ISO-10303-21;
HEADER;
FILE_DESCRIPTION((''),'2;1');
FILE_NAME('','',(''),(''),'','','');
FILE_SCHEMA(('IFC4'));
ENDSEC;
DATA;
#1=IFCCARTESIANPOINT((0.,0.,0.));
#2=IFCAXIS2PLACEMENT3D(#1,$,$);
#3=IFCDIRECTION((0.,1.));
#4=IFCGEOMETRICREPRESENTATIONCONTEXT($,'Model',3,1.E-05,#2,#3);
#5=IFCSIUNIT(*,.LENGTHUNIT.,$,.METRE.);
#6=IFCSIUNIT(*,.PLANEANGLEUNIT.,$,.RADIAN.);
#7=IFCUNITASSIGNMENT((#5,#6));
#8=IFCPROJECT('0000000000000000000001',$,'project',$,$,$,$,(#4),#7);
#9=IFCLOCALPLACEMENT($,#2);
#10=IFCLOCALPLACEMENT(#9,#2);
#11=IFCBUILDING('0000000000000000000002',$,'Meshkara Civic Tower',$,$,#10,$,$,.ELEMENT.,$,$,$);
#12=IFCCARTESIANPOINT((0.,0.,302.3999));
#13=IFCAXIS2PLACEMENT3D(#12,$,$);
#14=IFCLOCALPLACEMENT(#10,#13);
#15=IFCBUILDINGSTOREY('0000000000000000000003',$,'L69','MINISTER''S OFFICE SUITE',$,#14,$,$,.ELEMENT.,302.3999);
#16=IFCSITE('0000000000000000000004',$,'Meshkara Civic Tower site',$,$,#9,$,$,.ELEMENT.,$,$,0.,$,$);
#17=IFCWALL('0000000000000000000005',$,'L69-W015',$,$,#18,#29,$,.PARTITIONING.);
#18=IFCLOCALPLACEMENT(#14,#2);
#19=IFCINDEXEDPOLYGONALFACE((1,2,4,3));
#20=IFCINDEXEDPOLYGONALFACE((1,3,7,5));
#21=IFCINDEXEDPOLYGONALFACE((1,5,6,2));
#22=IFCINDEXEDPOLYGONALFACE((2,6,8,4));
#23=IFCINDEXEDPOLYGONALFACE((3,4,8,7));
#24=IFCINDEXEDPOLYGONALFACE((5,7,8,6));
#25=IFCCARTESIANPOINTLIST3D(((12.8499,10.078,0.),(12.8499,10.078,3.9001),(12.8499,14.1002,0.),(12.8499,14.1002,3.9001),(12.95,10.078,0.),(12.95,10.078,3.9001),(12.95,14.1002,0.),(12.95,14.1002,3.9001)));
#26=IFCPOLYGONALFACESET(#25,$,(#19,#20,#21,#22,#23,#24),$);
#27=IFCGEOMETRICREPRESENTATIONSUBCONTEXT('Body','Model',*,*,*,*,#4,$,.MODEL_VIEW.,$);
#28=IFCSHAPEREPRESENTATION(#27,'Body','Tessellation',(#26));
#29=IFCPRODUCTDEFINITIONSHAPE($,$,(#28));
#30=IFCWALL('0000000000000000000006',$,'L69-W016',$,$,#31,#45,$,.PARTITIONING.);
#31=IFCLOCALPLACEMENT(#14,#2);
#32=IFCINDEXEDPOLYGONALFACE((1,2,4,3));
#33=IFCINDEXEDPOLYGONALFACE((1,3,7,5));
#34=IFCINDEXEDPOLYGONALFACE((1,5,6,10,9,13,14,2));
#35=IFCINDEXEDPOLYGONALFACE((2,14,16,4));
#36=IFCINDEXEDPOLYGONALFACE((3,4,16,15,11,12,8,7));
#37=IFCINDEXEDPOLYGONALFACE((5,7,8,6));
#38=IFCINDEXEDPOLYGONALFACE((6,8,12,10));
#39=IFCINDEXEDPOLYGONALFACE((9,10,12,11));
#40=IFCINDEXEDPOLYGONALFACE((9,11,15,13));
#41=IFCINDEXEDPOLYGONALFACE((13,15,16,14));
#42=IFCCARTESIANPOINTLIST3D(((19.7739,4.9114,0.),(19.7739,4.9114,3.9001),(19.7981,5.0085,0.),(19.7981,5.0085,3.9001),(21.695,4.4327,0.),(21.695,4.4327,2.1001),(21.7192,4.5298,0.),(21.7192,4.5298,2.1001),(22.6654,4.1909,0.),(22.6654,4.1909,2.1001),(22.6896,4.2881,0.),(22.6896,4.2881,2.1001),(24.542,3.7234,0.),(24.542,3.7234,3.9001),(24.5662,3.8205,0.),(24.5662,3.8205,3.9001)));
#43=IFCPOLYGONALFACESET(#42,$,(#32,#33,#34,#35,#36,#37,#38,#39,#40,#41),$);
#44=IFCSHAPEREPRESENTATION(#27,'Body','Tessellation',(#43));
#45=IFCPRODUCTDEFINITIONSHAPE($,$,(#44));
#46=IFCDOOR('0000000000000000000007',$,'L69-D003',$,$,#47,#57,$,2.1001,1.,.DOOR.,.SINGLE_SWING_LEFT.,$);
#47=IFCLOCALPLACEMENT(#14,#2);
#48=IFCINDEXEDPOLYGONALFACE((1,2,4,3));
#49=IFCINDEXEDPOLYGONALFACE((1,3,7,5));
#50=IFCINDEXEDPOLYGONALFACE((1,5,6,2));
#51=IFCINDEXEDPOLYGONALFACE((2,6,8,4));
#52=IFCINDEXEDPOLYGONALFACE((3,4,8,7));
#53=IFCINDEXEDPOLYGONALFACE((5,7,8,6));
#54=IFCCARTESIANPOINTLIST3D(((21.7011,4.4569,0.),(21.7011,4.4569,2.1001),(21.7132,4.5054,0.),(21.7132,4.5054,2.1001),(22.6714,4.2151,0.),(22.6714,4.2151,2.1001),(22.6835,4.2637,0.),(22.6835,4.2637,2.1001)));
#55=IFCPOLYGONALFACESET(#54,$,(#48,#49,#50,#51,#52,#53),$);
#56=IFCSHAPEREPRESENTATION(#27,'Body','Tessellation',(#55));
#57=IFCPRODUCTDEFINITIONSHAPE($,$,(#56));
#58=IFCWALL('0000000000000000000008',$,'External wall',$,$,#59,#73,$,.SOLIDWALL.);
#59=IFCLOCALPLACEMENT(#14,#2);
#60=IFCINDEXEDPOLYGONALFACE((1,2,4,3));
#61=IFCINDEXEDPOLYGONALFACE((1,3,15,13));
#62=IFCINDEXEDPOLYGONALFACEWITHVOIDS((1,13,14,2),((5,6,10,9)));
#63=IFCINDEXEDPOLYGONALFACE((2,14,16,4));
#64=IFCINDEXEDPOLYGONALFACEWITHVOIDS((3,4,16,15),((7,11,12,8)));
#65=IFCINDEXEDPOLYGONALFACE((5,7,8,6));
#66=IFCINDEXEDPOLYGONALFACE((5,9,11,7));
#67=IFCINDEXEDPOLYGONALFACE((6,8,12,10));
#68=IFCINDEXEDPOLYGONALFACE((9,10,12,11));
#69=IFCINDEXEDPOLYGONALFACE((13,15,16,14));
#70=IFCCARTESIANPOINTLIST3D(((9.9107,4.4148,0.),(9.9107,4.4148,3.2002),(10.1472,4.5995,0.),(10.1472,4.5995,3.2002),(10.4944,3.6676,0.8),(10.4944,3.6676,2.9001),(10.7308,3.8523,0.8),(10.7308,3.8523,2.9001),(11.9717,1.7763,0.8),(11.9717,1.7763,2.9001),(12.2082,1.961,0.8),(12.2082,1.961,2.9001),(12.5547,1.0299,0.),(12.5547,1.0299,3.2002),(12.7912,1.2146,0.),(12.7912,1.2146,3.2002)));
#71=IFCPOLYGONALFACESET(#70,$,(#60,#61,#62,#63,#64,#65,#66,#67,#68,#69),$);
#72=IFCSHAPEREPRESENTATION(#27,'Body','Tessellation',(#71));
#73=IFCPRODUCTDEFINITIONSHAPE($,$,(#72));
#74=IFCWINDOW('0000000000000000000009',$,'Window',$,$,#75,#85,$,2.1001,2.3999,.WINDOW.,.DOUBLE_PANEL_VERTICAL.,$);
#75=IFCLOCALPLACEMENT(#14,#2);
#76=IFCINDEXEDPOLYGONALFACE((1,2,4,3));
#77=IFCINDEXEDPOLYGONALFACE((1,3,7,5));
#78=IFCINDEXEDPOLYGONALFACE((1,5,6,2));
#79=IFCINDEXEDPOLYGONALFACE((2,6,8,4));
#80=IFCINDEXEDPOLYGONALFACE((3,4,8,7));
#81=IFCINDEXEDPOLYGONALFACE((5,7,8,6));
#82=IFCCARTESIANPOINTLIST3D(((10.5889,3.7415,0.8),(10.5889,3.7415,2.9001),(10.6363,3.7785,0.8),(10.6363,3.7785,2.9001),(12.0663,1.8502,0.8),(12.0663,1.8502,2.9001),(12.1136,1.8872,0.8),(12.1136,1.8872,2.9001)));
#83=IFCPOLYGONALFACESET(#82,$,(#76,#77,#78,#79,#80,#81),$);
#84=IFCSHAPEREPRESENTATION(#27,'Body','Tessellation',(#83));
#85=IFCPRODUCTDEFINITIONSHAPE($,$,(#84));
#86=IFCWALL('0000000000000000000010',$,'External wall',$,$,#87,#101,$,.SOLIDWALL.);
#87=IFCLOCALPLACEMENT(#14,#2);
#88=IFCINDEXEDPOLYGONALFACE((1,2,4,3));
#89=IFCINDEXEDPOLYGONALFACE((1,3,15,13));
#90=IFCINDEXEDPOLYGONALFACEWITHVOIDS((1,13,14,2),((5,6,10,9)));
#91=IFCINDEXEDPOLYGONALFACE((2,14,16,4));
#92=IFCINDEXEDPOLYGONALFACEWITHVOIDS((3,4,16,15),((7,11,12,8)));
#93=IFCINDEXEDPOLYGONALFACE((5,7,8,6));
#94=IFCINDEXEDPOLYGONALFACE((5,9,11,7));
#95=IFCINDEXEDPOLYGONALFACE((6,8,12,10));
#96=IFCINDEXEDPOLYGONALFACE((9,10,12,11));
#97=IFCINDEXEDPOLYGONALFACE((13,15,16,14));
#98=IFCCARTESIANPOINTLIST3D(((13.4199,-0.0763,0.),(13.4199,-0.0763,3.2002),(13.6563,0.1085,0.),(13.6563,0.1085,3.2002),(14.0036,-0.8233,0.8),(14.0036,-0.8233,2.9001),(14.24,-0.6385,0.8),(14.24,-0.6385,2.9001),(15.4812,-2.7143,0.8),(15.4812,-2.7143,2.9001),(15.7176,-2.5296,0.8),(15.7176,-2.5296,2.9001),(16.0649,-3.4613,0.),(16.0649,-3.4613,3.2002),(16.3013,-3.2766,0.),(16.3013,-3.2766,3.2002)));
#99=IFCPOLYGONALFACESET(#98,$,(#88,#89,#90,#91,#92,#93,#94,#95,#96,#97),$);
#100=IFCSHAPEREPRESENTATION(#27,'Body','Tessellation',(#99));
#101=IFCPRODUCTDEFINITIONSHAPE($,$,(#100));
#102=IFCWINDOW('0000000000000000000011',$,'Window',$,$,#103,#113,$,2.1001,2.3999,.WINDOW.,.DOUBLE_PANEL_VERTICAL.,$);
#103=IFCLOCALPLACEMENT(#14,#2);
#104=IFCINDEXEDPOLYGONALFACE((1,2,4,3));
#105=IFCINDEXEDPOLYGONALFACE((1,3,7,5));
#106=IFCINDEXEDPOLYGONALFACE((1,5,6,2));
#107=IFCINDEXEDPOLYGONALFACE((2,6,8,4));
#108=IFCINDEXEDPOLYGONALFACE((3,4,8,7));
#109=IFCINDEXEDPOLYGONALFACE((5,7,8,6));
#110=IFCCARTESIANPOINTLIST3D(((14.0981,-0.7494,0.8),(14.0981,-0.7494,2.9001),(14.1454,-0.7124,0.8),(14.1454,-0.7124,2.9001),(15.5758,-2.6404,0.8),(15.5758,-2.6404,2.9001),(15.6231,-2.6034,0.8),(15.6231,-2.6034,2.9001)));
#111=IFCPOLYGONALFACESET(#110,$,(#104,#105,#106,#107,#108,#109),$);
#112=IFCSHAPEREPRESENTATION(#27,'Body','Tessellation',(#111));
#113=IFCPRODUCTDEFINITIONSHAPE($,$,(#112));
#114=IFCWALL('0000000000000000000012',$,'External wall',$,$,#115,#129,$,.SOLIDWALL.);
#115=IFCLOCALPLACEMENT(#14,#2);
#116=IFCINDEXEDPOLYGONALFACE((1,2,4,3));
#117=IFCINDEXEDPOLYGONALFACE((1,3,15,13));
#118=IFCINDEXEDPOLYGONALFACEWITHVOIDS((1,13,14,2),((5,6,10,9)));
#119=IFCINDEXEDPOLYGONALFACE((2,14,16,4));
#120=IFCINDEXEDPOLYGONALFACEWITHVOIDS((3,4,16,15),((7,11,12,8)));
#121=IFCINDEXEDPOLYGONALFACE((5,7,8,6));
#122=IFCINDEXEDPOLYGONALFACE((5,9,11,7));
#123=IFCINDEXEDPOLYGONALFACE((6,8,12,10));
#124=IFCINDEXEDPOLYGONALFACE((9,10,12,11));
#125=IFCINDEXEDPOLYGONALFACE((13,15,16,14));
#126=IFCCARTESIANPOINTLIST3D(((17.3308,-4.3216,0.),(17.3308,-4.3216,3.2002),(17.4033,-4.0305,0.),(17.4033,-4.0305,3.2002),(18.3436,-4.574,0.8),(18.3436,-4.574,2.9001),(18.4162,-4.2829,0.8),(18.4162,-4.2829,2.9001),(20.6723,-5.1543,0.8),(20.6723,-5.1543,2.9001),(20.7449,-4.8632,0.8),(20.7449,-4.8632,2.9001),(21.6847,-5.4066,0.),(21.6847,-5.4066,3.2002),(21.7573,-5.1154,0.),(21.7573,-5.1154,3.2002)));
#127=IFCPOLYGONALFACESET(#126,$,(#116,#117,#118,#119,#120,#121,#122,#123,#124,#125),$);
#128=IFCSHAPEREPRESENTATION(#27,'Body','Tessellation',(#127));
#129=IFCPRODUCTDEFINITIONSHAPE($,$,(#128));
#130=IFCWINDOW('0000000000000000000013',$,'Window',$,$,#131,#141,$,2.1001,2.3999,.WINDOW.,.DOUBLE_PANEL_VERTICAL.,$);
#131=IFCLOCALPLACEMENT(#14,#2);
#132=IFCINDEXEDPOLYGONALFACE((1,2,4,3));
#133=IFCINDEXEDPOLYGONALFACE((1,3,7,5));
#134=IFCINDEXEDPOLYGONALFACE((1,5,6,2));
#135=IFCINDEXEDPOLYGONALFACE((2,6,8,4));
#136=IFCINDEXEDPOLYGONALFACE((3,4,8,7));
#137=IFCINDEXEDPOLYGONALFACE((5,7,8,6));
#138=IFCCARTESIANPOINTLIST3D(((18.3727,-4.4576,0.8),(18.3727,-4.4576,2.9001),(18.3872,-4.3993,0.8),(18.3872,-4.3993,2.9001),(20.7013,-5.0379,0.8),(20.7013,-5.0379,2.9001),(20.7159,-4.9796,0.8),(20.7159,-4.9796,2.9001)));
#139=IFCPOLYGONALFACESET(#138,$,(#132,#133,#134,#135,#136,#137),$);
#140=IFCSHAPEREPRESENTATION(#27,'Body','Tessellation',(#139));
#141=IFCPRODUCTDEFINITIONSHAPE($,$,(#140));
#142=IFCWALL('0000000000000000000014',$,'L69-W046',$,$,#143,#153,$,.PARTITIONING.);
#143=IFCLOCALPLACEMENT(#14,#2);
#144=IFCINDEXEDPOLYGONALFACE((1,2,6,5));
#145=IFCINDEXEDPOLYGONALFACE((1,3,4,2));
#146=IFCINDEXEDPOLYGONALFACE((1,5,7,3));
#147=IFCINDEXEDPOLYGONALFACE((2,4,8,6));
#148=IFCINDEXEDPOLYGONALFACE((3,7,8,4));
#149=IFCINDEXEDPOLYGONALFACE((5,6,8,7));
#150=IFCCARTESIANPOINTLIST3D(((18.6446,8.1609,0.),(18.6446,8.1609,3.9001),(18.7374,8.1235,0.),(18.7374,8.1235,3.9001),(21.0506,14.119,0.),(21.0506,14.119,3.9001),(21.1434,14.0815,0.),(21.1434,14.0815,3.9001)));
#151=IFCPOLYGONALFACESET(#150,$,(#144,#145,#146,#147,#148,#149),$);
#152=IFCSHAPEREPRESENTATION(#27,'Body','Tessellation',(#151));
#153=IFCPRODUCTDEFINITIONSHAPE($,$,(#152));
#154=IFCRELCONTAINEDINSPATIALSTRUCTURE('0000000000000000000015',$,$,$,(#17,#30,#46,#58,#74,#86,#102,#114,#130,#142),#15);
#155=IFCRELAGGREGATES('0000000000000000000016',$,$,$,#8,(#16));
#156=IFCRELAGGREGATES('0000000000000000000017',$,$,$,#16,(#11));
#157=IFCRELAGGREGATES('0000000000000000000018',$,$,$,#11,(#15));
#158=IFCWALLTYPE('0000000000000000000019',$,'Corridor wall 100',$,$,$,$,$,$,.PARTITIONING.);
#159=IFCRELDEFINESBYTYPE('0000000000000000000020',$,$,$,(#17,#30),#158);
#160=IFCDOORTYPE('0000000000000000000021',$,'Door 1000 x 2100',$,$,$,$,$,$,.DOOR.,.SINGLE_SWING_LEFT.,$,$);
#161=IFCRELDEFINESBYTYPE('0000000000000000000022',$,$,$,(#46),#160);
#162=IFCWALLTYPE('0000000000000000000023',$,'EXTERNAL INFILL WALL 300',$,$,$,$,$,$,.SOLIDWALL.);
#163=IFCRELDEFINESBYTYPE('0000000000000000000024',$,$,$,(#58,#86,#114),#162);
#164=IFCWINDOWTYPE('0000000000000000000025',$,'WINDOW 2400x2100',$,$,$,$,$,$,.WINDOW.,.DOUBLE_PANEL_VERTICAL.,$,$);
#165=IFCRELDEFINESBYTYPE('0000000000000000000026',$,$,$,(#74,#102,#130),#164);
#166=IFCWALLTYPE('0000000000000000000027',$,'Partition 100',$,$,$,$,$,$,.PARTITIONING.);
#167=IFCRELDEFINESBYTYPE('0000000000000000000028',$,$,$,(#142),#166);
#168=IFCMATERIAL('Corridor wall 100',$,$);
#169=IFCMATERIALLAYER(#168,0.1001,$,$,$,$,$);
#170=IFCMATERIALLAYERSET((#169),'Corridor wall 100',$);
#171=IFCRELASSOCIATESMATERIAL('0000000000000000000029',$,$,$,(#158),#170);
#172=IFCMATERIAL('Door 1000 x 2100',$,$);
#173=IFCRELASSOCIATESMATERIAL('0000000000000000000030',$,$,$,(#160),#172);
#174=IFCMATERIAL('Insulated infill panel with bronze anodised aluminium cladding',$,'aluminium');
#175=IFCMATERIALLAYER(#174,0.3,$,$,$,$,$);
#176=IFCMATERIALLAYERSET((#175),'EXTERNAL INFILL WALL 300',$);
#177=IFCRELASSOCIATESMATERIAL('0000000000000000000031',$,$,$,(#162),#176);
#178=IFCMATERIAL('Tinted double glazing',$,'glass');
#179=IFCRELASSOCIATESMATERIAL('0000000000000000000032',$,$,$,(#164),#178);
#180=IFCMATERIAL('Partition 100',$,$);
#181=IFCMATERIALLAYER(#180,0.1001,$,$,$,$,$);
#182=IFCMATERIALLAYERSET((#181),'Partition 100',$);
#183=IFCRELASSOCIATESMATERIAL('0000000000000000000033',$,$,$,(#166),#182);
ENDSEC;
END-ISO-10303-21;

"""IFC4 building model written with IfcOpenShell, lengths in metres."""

from ifc_helpers import new_model, si_unit, direction, frame, frame_2d, origin, place, context, subcontext, project, spatial, rectangle, extrude, material, layer, layer_set, type_object, element, fill, save


model = new_model("IFC4")

# Units and contexts
model_context = context("Model", 3, precision=1e-05, world=origin(), true_north=direction((0.0, 1.0)))
body_context = subcontext(model_context, "Body", "Model", "MODEL_VIEW")
ifc_project = project(units=[si_unit("LENGTHUNIT", "METRE"), si_unit("PLANEANGLEUNIT", "RADIAN")], contexts=[model_context])

# Site, building, storey
site_placement = place(None, origin())
site = spatial("IfcSite", under=ifc_project, at=site_placement, Name="Meshkara Civic Tower site", CompositionType="ELEMENT", RefElevation=0.0)
building_placement = place(site_placement, origin())
building = spatial("IfcBuilding", under=site, at=building_placement, Name="Meshkara Civic Tower", CompositionType="ELEMENT")
storey_placement = place(building_placement, frame((0.0, 0.0, 302.3999)))
storey = spatial("IfcBuildingStorey", under=building, at=storey_placement, Name="L69", Description="MINISTER'S OFFICE SUITE", CompositionType="ELEMENT", Elevation=302.3999)

# Shared definitions
ifc_material_1 = material(Name="Corridor wall 100")
ifc_layer_1 = layer(ifc_material_1, 0.1001)
ifc_layer_set_1 = layer_set([ifc_layer_1], Name="Corridor wall 100")
wall_type_1 = type_object("IfcWallType", Name="Corridor wall 100", PredefinedType="PARTITIONING", material=ifc_layer_set_1)
ifc_material_2 = material(Name="Door 1000 x 2100")
door_type = type_object("IfcDoorType", Name="Door 1000 x 2100", OperationType="SINGLE_SWING_LEFT", PredefinedType="DOOR", material=ifc_material_2)

# Wall
wall_1_placement = place(storey_placement, frame((12.8999, 10.0779, 0.0), z_axis=(0.0, 0.0, 1.0), x_axis=(0.0, 1.0, 0.0)))
element("IfcWall", 1, at=wall_1_placement, inside=storey, type_object=wall_type_1, Name="L69-W015", PredefinedType="PARTITIONING", context=body_context, shape_type="SweptSolid", body=[
    extrude(rectangle(XDim=4.0222, YDim=0.1001, at=frame_2d((2.0112, 0.0))), origin(), (0.0, 0.0, 1.0), 3.9001),
])

# Wall, opening, door
wall_2_placement = place(storey_placement, frame((19.7859, 4.96, 0.0), z_axis=(0.0, 0.0, 1.0), x_axis=(0.970335, -0.241764, 0.0)))
wall_2 = element("IfcWall", 2, at=wall_2_placement, inside=storey, type_object=wall_type_1, Name="L69-W016", PredefinedType="PARTITIONING", context=body_context, shape_type="SweptSolid", body=[
    extrude(rectangle(XDim=4.9138, YDim=0.1001, at=frame_2d((2.457, 0.0))), origin(), (0.0, 0.0, 1.0), 3.9001),
])
opening_1_placement = place(wall_2_placement, frame((1.98, 0.0, 0.0)))
opening_1 = element("IfcOpeningElement", 3, at=opening_1_placement, cuts=wall_2, PredefinedType="OPENING", context=body_context, shape_type="SweptSolid", body=[
    extrude(rectangle(XDim=1.0, YDim=2.1001, at=frame_2d((0.5, 1.05))), frame((0.0, 0.0601, 0.0), z_axis=(0.0, -1.0, 0.0), x_axis=(1.0, 0.0, 0.0)), (0.0, 0.0, 1.0), 0.1201),
])
door_1_placement = place(opening_1_placement, origin())
door_1 = element("IfcDoor", 4, at=door_1_placement, inside=storey, type_object=door_type, Name="L69-D003", OperationType="SINGLE_SWING_LEFT", OverallHeight=2.1001, OverallWidth=1.0, PredefinedType="DOOR", context=body_context, shape_type="SweptSolid", body=[
    extrude(rectangle(XDim=1.0, YDim=2.1001, at=frame_2d((0.5, 1.05))), frame((0.0, 0.0249, 0.0), z_axis=(0.0, -1.0, 0.0), x_axis=(1.0, 0.0, 0.0)), (0.0, 0.0, 1.0), 0.05),
])
fill(opening_1, door_1)

# Walls, openings, windows
ifc_material_3 = material(Name="Insulated infill panel with bronze anodised aluminium cladding", Category="aluminium")
ifc_layer_2 = layer(ifc_material_3, 0.3)
ifc_layer_set_2 = layer_set([ifc_layer_2], Name="EXTERNAL INFILL WALL 300")
wall_type_2 = type_object("IfcWallType", Name="EXTERNAL INFILL WALL 300", PredefinedType="SOLIDWALL", material=ifc_layer_set_2)
wall_3_placement = place(storey_placement, frame((10.0291, 4.5071, 0.0), z_axis=(0.0, 0.0, 1.0), x_axis=(0.615572, -0.78808, 0.0)))
wall_3 = element("IfcWall", 5, at=wall_3_placement, inside=storey, type_object=wall_type_2, Name="External wall", PredefinedType="SOLIDWALL", context=body_context, shape_type="SweptSolid", body=[
    extrude(rectangle(XDim=4.2952, YDim=0.3, at=frame_2d((2.1475, 0.0))), origin(), (0.0, 0.0, 1.0), 3.2002),
])
opening_2_placement = place(wall_3_placement, frame((0.948, 0.0, 0.8)))
opening_2 = element("IfcOpeningElement", 6, at=opening_2_placement, cuts=wall_3, PredefinedType="OPENING", context=body_context, shape_type="SweptSolid", body=[
    extrude(rectangle(XDim=2.3999, YDim=2.1001, at=frame_2d((1.2, 1.05))), frame((0.0, 0.1599, 0.0), z_axis=(0.0, -1.0, 0.0), x_axis=(1.0, 0.0, 0.0)), (0.0, 0.0, 1.0), 0.3201),
])
ifc_material_4 = material(Name="Tinted double glazing", Category="glass")
window_type = type_object("IfcWindowType", Name="WINDOW 2400x2100", PartitioningType="DOUBLE_PANEL_VERTICAL", PredefinedType="WINDOW", material=ifc_material_4)
window_1_placement = place(opening_2_placement, origin())
window_1 = element("IfcWindow", 7, at=window_1_placement, inside=storey, type_object=window_type, Name="Window", OverallHeight=2.1001, OverallWidth=2.3999, PartitioningType="DOUBLE_PANEL_VERTICAL", PredefinedType="WINDOW", context=body_context, shape_type="SweptSolid", body=[
    extrude(rectangle(XDim=2.3999, YDim=2.1001, at=frame_2d((1.2, 1.05))), frame((0.0, 0.03, 0.0), z_axis=(0.0, -1.0, 0.0), x_axis=(1.0, 0.0, 0.0)), (0.0, 0.0, 1.0), 0.0601),
])
fill(opening_2, window_1)
wall_4_placement = place(storey_placement, frame((13.5381, 0.0161, 0.0), z_axis=(0.0, 0.0, 1.0), x_axis=(0.615714, -0.78797, 0.0)))
wall_4 = element("IfcWall", 8, at=wall_4_placement, inside=storey, type_object=wall_type_2, Name="External wall", PredefinedType="SOLIDWALL", context=body_context, shape_type="SweptSolid", body=[
    extrude(rectangle(XDim=4.2959, YDim=0.3, at=frame_2d((2.1479, 0.0))), origin(), (0.0, 0.0, 1.0), 3.2002),
])
opening_3_placement = place(wall_4_placement, frame((0.948, 0.0, 0.8)))
opening_3 = element("IfcOpeningElement", 9, at=opening_3_placement, cuts=wall_4, PredefinedType="OPENING", context=body_context, shape_type="SweptSolid", body=[
    extrude(rectangle(XDim=2.3999, YDim=2.1001, at=frame_2d((1.2, 1.05))), frame((0.0, 0.1599, 0.0), z_axis=(0.0, -1.0, 0.0), x_axis=(1.0, 0.0, 0.0)), (0.0, 0.0, 1.0), 0.3201),
])
window_2_placement = place(opening_3_placement, origin())
window_2 = element("IfcWindow", 10, at=window_2_placement, inside=storey, type_object=window_type, Name="Window", OverallHeight=2.1001, OverallWidth=2.3999, PartitioningType="DOUBLE_PANEL_VERTICAL", PredefinedType="WINDOW", context=body_context, shape_type="SweptSolid", body=[
    extrude(rectangle(XDim=2.3999, YDim=2.1001, at=frame_2d((1.2, 1.05))), frame((0.0, 0.03, 0.0), z_axis=(0.0, -1.0, 0.0), x_axis=(1.0, 0.0, 0.0)), (0.0, 0.0, 1.0), 0.0601),
])
fill(opening_3, window_2)
wall_5_placement = place(storey_placement, frame((17.3669, -4.176, 0.0), z_axis=(0.0, 0.0, 1.0), x_axis=(0.970328, -0.241793, 0.0)))
wall_5 = element("IfcWall", 11, at=wall_5_placement, inside=storey, type_object=wall_type_2, Name="External wall", PredefinedType="SOLIDWALL", context=body_context, shape_type="SweptSolid", body=[
    extrude(rectangle(XDim=4.4871, YDim=0.3, at=frame_2d((2.2437, 0.0))), origin(), (0.0, 0.0, 1.0), 3.2002),
])
opening_4_placement = place(wall_5_placement, frame((1.0439, 0.0, 0.8)))
opening_4 = element("IfcOpeningElement", 12, at=opening_4_placement, cuts=wall_5, PredefinedType="OPENING", context=body_context, shape_type="SweptSolid", body=[
    extrude(rectangle(XDim=2.3999, YDim=2.1001, at=frame_2d((1.2, 1.05))), frame((0.0, 0.1599, 0.0), z_axis=(0.0, -1.0, 0.0), x_axis=(1.0, 0.0, 0.0)), (0.0, 0.0, 1.0), 0.3201),
])
window_3_placement = place(opening_4_placement, origin())
window_3 = element("IfcWindow", 13, at=window_3_placement, inside=storey, type_object=window_type, Name="Window", OverallHeight=2.1001, OverallWidth=2.3999, PartitioningType="DOUBLE_PANEL_VERTICAL", PredefinedType="WINDOW", context=body_context, shape_type="SweptSolid", body=[
    extrude(rectangle(XDim=2.3999, YDim=2.1001, at=frame_2d((1.2, 1.05))), frame((0.0, 0.03, 0.0), z_axis=(0.0, -1.0, 0.0), x_axis=(1.0, 0.0, 0.0)), (0.0, 0.0, 1.0), 0.0601),
])
fill(opening_4, window_3)

# Wall
ifc_material_5 = material(Name="Partition 100")
ifc_layer_3 = layer(ifc_material_5, 0.1001)
ifc_layer_set_3 = layer_set([ifc_layer_3], Name="Partition 100")
wall_type_3 = type_object("IfcWallType", Name="Partition 100", PredefinedType="PARTITIONING", material=ifc_layer_set_3)
wall_6_placement = place(storey_placement, frame((18.6909, 8.1421, 0.0), z_axis=(0.0, 0.0, 1.0), x_axis=(0.374448, 0.927248, 0.0)))
element("IfcWall", 14, at=wall_6_placement, inside=storey, type_object=wall_type_3, Name="L69-W046", PredefinedType="PARTITIONING", context=body_context, shape_type="SweptSolid", body=[
    extrude(rectangle(XDim=6.4255, YDim=0.1001, at=frame_2d((3.2129, 0.0))), origin(), (0.0, 0.0, 1.0), 3.9001),
])

save(model, "model.ifc")
